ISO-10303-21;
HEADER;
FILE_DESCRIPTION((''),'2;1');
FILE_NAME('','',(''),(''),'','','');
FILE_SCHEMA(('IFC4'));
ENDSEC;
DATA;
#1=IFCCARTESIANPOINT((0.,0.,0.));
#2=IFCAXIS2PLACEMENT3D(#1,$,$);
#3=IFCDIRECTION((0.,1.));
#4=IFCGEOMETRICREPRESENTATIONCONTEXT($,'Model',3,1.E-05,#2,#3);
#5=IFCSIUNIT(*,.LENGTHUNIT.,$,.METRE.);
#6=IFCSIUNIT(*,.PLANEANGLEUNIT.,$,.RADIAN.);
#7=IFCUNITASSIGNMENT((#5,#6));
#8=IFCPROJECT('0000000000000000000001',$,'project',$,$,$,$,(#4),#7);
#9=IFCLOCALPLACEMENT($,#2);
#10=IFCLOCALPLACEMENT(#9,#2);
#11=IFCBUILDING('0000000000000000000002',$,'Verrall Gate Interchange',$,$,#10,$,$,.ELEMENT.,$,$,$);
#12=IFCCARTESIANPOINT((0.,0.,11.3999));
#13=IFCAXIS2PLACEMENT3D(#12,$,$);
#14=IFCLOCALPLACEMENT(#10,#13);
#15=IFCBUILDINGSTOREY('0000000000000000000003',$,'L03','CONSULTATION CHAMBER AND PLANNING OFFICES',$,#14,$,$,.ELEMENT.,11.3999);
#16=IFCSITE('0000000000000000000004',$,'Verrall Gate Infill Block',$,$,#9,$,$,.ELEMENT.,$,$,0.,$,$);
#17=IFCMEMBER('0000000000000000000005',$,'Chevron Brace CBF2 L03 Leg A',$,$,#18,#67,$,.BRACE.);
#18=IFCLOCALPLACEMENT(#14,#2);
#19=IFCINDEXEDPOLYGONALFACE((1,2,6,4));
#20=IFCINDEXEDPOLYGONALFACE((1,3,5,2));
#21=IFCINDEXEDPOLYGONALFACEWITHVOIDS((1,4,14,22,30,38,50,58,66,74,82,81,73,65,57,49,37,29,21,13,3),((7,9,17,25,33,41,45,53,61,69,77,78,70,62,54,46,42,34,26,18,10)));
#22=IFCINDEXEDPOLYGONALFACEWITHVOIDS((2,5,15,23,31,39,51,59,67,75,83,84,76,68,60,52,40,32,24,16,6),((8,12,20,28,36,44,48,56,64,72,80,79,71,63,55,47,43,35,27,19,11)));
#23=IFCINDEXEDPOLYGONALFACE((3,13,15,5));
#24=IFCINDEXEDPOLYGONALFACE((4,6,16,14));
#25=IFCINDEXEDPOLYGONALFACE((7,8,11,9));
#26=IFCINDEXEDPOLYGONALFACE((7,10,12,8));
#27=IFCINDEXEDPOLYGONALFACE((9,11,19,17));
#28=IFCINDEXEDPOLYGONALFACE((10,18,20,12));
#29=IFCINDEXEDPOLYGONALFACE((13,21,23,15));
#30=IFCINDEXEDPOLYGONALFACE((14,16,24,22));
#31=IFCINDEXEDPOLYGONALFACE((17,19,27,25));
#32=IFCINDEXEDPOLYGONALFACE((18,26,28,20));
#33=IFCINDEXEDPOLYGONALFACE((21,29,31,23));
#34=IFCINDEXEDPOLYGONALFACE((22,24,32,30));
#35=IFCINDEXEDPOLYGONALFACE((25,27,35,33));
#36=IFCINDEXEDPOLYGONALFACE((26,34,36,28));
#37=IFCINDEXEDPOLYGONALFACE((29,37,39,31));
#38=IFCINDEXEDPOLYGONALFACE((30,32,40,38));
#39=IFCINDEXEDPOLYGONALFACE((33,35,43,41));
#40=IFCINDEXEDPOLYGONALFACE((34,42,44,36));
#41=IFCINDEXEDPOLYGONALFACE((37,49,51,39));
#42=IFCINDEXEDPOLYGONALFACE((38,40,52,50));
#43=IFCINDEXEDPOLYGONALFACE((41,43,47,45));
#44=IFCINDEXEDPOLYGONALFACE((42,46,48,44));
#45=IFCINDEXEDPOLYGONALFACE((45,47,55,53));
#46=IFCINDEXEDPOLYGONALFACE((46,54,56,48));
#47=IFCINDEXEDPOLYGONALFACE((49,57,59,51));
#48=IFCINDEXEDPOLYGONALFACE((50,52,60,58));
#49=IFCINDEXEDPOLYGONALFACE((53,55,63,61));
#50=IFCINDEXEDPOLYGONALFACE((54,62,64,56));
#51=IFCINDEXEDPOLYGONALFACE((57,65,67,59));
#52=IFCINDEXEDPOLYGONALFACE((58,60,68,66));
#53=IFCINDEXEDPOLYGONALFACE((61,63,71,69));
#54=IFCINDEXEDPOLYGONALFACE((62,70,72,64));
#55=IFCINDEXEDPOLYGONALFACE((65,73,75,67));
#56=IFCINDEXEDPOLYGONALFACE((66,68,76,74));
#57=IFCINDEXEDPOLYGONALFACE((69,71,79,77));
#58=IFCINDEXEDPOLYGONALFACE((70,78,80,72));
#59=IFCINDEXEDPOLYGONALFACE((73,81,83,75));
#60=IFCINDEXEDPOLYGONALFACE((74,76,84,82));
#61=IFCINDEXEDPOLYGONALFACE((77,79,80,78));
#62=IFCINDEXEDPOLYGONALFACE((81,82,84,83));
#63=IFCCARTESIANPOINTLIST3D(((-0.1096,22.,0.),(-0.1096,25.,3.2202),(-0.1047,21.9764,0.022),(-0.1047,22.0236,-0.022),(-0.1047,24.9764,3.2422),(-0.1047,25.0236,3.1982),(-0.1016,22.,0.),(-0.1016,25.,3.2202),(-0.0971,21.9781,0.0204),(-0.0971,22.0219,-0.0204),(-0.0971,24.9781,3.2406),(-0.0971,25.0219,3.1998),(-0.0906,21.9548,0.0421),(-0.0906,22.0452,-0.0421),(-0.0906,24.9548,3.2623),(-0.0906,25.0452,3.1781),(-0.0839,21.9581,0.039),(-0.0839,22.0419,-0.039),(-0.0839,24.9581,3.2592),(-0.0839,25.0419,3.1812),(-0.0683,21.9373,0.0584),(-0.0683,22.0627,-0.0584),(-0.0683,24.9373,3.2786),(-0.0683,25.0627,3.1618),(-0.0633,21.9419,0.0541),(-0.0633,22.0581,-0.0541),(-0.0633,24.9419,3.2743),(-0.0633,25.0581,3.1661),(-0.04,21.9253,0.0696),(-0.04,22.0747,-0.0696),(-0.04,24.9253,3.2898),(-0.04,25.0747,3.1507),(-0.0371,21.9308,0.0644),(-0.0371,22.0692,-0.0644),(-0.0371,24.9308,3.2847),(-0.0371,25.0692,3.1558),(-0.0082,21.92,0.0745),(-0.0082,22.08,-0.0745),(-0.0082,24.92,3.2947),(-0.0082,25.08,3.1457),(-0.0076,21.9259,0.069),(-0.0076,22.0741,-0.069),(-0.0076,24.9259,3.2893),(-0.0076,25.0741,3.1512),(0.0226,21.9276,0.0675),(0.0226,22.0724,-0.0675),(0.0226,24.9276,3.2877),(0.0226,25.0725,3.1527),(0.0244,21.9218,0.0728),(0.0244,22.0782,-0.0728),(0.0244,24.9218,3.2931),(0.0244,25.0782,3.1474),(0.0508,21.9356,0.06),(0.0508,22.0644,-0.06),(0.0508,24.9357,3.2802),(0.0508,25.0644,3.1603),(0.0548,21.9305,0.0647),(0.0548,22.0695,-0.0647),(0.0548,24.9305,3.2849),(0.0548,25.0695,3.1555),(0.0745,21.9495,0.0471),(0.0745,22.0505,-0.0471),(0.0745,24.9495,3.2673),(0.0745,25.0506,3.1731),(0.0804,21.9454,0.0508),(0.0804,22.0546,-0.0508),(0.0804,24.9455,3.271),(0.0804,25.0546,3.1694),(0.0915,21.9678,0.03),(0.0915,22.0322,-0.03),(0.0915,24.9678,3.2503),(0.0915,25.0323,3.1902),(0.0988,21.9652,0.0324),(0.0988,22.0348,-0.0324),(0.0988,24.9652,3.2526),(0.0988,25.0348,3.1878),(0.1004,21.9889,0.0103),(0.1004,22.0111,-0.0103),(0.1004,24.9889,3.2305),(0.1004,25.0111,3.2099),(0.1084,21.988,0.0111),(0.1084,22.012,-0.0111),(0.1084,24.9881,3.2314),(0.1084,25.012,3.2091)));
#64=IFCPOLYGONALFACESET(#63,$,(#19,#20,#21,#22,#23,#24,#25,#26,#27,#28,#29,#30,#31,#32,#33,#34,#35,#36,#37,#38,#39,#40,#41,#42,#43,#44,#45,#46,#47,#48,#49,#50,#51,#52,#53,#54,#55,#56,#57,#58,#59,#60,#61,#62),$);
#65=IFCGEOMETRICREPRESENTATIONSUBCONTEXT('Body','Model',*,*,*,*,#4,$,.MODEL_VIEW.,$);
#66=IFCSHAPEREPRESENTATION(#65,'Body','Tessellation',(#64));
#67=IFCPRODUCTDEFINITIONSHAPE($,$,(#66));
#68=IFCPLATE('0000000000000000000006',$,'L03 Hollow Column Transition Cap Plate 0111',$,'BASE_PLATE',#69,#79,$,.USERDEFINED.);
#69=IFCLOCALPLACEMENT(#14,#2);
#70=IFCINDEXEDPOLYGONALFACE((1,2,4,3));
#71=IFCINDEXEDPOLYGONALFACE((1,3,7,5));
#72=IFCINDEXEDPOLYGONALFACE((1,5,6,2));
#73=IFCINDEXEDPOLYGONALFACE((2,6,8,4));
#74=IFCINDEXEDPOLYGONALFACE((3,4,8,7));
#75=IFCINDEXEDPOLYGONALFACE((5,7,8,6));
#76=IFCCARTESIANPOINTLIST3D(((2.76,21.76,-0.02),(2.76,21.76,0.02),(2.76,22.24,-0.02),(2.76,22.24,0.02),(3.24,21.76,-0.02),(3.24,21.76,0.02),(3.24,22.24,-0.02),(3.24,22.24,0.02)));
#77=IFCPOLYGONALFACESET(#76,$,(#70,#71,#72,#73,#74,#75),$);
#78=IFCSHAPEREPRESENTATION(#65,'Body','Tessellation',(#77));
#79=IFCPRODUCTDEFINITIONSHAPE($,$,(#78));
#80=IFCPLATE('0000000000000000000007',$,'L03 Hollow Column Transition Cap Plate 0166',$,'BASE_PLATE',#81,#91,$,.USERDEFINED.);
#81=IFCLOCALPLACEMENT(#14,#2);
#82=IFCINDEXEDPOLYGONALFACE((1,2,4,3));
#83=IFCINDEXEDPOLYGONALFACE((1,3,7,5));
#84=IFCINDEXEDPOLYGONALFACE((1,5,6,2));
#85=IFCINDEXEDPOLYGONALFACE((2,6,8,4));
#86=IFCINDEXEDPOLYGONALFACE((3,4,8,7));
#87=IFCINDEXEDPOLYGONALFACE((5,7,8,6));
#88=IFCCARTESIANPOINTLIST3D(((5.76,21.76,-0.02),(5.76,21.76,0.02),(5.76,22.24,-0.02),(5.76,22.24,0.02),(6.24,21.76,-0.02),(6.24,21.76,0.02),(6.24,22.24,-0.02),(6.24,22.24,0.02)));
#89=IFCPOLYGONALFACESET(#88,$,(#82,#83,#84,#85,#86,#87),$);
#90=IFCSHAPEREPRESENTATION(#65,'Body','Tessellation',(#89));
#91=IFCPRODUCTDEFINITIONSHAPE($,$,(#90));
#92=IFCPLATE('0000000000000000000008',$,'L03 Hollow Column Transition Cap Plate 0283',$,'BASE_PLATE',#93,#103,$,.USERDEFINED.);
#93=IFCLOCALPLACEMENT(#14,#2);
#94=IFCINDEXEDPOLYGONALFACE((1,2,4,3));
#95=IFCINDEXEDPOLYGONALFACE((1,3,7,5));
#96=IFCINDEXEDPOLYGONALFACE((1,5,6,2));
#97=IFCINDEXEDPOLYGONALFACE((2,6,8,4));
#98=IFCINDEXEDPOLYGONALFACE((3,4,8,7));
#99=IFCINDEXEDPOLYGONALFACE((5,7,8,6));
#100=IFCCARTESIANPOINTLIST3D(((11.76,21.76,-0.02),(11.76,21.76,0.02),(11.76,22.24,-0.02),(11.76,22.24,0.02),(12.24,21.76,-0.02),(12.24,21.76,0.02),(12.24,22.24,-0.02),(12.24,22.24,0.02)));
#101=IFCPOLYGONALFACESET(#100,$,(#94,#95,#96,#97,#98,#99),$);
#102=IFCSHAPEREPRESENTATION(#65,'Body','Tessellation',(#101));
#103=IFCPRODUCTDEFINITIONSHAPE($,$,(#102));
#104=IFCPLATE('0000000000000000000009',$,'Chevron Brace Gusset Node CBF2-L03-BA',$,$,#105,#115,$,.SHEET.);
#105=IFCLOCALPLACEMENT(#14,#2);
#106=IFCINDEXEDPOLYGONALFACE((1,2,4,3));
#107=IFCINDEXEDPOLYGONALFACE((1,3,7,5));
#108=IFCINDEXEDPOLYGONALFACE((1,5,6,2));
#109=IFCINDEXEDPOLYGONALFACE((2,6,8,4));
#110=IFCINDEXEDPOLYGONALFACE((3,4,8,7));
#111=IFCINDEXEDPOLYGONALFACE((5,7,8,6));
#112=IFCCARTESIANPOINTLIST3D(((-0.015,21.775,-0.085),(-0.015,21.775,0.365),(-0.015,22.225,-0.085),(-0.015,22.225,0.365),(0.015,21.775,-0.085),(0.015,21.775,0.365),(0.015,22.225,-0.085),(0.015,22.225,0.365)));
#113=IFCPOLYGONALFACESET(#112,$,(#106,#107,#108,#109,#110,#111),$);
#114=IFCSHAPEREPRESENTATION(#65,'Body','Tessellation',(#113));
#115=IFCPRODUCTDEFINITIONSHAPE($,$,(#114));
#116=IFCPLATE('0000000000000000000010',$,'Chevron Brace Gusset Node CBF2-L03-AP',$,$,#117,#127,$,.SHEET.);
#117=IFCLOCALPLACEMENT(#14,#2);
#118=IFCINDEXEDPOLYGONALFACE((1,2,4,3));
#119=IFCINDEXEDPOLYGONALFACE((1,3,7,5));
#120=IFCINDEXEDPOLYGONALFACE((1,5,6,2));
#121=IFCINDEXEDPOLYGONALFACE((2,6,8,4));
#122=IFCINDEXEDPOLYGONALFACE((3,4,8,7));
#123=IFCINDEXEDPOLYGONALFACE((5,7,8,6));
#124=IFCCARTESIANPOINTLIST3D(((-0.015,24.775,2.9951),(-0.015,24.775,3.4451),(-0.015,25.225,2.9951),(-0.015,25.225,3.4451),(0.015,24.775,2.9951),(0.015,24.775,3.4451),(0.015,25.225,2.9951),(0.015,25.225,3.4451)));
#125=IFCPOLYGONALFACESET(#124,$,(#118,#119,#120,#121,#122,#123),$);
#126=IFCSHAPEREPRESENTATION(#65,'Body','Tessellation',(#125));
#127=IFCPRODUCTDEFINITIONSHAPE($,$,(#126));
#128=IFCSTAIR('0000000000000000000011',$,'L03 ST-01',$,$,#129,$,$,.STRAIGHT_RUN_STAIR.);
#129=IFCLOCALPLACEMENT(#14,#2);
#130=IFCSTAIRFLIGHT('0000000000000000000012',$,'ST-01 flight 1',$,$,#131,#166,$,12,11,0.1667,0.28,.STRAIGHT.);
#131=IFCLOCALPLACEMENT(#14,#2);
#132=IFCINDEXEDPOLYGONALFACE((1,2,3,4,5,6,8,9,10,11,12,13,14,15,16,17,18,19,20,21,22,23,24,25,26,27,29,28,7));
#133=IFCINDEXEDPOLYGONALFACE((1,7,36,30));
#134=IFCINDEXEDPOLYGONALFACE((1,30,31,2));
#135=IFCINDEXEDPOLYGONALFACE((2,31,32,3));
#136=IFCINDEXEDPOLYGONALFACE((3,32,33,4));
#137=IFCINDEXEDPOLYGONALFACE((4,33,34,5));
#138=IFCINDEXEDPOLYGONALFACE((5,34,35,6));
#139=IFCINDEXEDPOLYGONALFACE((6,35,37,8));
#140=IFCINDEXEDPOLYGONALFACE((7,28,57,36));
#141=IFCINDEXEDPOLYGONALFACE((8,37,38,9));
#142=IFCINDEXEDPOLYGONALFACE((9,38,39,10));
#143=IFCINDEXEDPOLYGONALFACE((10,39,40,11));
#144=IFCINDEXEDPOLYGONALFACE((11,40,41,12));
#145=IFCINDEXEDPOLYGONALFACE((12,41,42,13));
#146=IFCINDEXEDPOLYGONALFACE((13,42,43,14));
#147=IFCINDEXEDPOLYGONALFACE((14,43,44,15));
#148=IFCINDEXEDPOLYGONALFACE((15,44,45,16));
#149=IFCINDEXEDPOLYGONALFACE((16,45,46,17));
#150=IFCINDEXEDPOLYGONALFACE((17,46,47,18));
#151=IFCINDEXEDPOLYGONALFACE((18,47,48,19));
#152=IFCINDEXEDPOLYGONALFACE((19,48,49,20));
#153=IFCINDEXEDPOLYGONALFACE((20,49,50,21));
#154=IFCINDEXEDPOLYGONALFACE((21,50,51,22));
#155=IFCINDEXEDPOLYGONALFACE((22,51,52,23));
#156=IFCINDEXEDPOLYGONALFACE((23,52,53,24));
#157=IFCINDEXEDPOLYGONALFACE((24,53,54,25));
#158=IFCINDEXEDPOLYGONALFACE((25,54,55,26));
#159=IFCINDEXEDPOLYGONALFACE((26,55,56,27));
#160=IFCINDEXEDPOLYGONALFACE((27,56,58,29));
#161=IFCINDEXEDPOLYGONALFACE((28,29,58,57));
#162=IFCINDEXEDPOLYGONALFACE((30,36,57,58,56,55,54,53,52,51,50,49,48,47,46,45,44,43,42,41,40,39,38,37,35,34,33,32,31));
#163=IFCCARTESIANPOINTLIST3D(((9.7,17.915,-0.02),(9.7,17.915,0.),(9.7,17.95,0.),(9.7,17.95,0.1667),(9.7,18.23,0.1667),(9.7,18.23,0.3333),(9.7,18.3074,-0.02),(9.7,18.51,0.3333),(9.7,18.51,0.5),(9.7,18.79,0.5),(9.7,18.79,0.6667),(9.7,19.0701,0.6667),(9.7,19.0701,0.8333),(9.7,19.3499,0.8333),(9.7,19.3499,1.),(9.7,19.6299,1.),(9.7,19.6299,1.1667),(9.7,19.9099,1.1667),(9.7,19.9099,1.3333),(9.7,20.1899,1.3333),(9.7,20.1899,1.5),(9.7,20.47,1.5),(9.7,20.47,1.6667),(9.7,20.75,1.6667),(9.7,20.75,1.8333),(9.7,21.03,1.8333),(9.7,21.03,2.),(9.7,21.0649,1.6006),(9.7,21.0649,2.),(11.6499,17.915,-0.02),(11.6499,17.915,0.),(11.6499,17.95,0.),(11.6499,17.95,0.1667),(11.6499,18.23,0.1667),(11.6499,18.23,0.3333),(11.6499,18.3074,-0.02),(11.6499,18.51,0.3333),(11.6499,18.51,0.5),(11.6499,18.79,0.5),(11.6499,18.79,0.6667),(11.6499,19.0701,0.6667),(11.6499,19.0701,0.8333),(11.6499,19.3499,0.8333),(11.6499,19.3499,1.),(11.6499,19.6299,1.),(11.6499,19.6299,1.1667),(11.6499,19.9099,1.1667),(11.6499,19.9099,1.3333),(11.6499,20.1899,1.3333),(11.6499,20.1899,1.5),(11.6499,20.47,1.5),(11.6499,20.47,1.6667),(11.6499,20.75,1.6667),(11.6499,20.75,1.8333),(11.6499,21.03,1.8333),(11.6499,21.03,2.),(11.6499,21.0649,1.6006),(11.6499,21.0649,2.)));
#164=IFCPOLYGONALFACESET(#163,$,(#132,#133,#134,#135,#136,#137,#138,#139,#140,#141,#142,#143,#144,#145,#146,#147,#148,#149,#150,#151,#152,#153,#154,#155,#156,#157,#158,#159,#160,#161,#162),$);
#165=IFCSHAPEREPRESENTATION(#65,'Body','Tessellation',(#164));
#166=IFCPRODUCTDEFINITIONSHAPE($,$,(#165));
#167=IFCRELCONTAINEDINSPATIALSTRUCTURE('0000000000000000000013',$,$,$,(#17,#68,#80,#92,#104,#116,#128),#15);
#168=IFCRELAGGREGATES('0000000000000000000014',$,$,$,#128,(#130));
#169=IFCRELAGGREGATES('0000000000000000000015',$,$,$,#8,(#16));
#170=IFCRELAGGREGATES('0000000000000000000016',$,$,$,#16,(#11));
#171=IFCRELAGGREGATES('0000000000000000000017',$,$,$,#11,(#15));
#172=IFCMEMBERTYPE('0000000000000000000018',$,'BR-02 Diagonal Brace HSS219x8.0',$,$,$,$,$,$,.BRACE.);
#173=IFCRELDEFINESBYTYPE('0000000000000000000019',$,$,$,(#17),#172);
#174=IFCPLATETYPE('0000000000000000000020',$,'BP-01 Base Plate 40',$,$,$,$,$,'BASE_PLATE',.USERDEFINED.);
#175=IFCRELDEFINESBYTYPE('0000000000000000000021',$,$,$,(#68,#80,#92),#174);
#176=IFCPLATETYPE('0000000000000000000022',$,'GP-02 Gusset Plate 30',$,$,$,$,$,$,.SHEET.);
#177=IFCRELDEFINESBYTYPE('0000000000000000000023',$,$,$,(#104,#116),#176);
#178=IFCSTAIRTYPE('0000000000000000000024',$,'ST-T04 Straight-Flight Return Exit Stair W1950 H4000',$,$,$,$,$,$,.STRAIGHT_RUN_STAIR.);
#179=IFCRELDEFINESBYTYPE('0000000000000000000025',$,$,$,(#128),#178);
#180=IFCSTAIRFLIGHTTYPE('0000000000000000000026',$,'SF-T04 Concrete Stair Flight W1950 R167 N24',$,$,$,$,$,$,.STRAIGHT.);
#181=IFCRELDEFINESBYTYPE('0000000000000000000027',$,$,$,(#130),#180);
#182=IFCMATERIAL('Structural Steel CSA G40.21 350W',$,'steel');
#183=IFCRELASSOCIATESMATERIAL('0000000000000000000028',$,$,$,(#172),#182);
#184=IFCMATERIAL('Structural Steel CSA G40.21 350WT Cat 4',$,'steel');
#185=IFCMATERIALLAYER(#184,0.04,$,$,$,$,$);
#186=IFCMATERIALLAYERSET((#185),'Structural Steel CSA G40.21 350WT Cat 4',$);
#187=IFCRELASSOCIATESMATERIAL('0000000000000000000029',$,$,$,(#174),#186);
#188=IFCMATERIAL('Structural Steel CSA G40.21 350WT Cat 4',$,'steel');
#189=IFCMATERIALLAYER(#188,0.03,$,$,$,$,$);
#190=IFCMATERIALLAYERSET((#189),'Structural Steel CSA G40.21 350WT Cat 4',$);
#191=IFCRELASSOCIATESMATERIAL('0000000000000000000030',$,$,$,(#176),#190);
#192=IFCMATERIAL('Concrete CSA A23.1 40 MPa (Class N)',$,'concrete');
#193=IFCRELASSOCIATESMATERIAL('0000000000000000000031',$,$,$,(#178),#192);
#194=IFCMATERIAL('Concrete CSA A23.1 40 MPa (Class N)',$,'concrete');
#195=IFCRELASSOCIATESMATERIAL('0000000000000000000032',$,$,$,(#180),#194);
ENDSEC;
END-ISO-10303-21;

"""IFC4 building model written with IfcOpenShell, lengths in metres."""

from ifc_helpers import new_model, si_unit, direction, frame, origin, origin_2d, place, context, subcontext, project, spatial, polyline, rectangle, hollow_circle, outline, extrude, material, layer, layer_set, material_profile, profile_set, type_object, element, aggregate, save


model = new_model("IFC4")

# Units and contexts
model_context = context("Model", 3, precision=1e-05, world=origin(), true_north=direction((0.0, 1.0)))
body_context = subcontext(model_context, "Body", "Model", "MODEL_VIEW")
ifc_project = project(units=[si_unit("LENGTHUNIT", "METRE"), si_unit("PLANEANGLEUNIT", "RADIAN")], contexts=[model_context])

# Site, building, storey
site_placement = place(None, origin())
site = spatial("IfcSite", under=ifc_project, at=site_placement, Name="Verrall Gate Infill Block", CompositionType="ELEMENT", RefElevation=0.0)
building_placement = place(site_placement, origin())
building = spatial("IfcBuilding", under=site, at=building_placement, Name="Verrall Gate Interchange", CompositionType="ELEMENT")
storey_placement = place(building_placement, frame((0.0, 0.0, 11.3999)))
storey = spatial("IfcBuildingStorey", under=building, at=storey_placement, Name="L03", Description="CONSULTATION CHAMBER AND PLANNING OFFICES", CompositionType="ELEMENT", Elevation=11.3999)

# Member
ifc_material_1 = material(Name="Structural Steel CSA G40.21 350W", Category="steel")
ifc_material_profile_1 = material_profile(ifc_material_1, hollow_circle(Radius=0.1096, WallThickness=0.0081, at=origin_2d()), Name="HSS219x8.0")
ifc_profile_set_1 = profile_set([ifc_material_profile_1], Name="Structural Steel CSA G40.21 350W")
member_type = type_object("IfcMemberType", Name="BR-02 Diagonal Brace HSS219x8.0", PredefinedType="BRACE", material=ifc_profile_set_1)
member_placement = place(storey_placement, frame((0.0, 22.0, 0.0), z_axis=(0.0, 0.681646, 0.731682), x_axis=(-1.0, 0.0, 0.0)))
element("IfcMember", 1, at=member_placement, inside=storey, type_object=member_type, Name="Chevron Brace CBF2 L03 Leg A", PredefinedType="BRACE", context=body_context, shape_type="SweptSolid", body=[
    extrude(hollow_circle(Radius=0.1096, WallThickness=0.0081, at=origin_2d()), origin(), (0.0, 0.0, 1.0), 4.4011),
])

# Plates
ifc_material_2 = material(Name="Structural Steel CSA G40.21 350WT Cat 4", Category="steel")
ifc_layer_1 = layer(ifc_material_2, 0.04)
ifc_layer_set_1 = layer_set([ifc_layer_1], Name="Structural Steel CSA G40.21 350WT Cat 4")
plate_type_1 = type_object("IfcPlateType", Name="BP-01 Base Plate 40", ElementType="BASE_PLATE", PredefinedType="USERDEFINED", material=ifc_layer_set_1)
for number, where, z_axis, x_axis, name in (
    (2, (3.0, 22.0, -0.02), (0.0, 0.0, 1.0), (1.0, 0.0, 0.0), "L03 Hollow Column Transition Cap Plate 0111"),
    (3, (6.0, 22.0, -0.02), (0.0, 0.0, 1.0), (1.0, 0.0, 0.0), "L03 Hollow Column Transition Cap Plate 0166"),
    (4, (12.0, 22.0, -0.02), (0.0, 0.0, 1.0), (1.0, 0.0, 0.0), "L03 Hollow Column Transition Cap Plate 0283"),
):
    element("IfcPlate", number, at=place(storey_placement, frame(where, z_axis=z_axis, x_axis=x_axis)), inside=storey, type_object=plate_type_1, Name=name, ObjectType="BASE_PLATE", PredefinedType="USERDEFINED", context=body_context, shape_type="SweptSolid", body=[
        extrude(rectangle(XDim=0.48, YDim=0.48, at=origin_2d()), origin(), (0.0, 0.0, 1.0), 0.04),
    ])
ifc_material_3 = material(Name="Structural Steel CSA G40.21 350WT Cat 4", Category="steel")
ifc_layer_2 = layer(ifc_material_3, 0.03)
ifc_layer_set_2 = layer_set([ifc_layer_2], Name="Structural Steel CSA G40.21 350WT Cat 4")
plate_type_2 = type_object("IfcPlateType", Name="GP-02 Gusset Plate 30", PredefinedType="SHEET", material=ifc_layer_set_2)
for number, where, z_axis, x_axis, name in (
    (5, (0.0, 22.0, -0.085), (0.0, 0.0, 1.0), (1.0, 0.0, 0.0), "Chevron Brace Gusset Node CBF2-L03-BA"),
    (6, (0.0, 25.0, 2.9951), (0.0, 0.0, 1.0), (1.0, 0.0, 0.0), "Chevron Brace Gusset Node CBF2-L03-AP"),
):
    element("IfcPlate", number, at=place(storey_placement, frame(where, z_axis=z_axis, x_axis=x_axis)), inside=storey, type_object=plate_type_2, Name=name, PredefinedType="SHEET", context=body_context, shape_type="SweptSolid", body=[
        extrude(rectangle(XDim=0.03, YDim=0.45, at=origin_2d()), origin(), (0.0, 0.0, 1.0), 0.45),
    ])

# Stair, stair flight
ifc_material_4 = material(Name="Concrete CSA A23.1 40 MPa (Class N)", Category="concrete")
stair_type = type_object("IfcStairType", Name="ST-T04 Straight-Flight Return Exit Stair W1950 H4000", PredefinedType="STRAIGHT_RUN_STAIR", material=ifc_material_4)
stair_placement = place(storey_placement, origin())
stair = element("IfcStair", 7, at=stair_placement, inside=storey, type_object=stair_type, Name="L03 ST-01", PredefinedType="STRAIGHT_RUN_STAIR")
ifc_material_5 = material(Name="Concrete CSA A23.1 40 MPa (Class N)", Category="concrete")
stair_flight_type = type_object("IfcStairFlightType", Name="SF-T04 Concrete Stair Flight W1950 R167 N24", PredefinedType="STRAIGHT", material=ifc_material_5)
stair_flight_1_placement = place(storey_placement, frame((10.675, 17.95, 0.0), z_axis=(0.0, 0.0, 1.0), x_axis=(0.0, 1.0, 0.0)))
stair_flight_1 = element("IfcStairFlight", 8, at=stair_flight_1_placement, type_object=stair_flight_type, Name="ST-01 flight 1", NumberOfRisers=12, NumberOfTreads=11, PredefinedType="STRAIGHT", RiserHeight=0.1667, TreadLength=0.28, context=body_context, shape_type="SweptSolid", body=[
    extrude(outline(polyline([(-0.0349, -0.02), (-0.0349, 0.0), (0.0, 0.0), (0.0, 0.1667), (0.28, 0.1667), (0.28, 0.3333), (0.5601, 0.3333), (0.5601, 0.5), (0.8401, 0.5), (0.8401, 0.6667), (1.1201, 0.6667), (1.1201, 0.8333), (1.3999, 0.8333), (1.3999, 1.0), (1.6799, 1.0), (1.6799, 1.1667), (1.96, 1.1667), (1.96, 1.3333), (2.24, 1.3333), (2.24, 1.5), (2.52, 1.5), (2.52, 1.6667), (2.8, 1.6667), (2.8, 1.8333), (3.0801, 1.8333), (3.0801, 2.0), (3.115, 2.0), (3.115, 1.6006), (0.3574, -0.02), (-0.0349, -0.02)])), frame((0.0, 0.9751, 0.0), z_axis=(0.0, -1.0, 0.0), x_axis=(1.0, 0.0, 0.0)), (0.0, 0.0, 1.0), 1.95),
])
aggregate(stair, [stair_flight_1])

save(model, "model.ifc")
